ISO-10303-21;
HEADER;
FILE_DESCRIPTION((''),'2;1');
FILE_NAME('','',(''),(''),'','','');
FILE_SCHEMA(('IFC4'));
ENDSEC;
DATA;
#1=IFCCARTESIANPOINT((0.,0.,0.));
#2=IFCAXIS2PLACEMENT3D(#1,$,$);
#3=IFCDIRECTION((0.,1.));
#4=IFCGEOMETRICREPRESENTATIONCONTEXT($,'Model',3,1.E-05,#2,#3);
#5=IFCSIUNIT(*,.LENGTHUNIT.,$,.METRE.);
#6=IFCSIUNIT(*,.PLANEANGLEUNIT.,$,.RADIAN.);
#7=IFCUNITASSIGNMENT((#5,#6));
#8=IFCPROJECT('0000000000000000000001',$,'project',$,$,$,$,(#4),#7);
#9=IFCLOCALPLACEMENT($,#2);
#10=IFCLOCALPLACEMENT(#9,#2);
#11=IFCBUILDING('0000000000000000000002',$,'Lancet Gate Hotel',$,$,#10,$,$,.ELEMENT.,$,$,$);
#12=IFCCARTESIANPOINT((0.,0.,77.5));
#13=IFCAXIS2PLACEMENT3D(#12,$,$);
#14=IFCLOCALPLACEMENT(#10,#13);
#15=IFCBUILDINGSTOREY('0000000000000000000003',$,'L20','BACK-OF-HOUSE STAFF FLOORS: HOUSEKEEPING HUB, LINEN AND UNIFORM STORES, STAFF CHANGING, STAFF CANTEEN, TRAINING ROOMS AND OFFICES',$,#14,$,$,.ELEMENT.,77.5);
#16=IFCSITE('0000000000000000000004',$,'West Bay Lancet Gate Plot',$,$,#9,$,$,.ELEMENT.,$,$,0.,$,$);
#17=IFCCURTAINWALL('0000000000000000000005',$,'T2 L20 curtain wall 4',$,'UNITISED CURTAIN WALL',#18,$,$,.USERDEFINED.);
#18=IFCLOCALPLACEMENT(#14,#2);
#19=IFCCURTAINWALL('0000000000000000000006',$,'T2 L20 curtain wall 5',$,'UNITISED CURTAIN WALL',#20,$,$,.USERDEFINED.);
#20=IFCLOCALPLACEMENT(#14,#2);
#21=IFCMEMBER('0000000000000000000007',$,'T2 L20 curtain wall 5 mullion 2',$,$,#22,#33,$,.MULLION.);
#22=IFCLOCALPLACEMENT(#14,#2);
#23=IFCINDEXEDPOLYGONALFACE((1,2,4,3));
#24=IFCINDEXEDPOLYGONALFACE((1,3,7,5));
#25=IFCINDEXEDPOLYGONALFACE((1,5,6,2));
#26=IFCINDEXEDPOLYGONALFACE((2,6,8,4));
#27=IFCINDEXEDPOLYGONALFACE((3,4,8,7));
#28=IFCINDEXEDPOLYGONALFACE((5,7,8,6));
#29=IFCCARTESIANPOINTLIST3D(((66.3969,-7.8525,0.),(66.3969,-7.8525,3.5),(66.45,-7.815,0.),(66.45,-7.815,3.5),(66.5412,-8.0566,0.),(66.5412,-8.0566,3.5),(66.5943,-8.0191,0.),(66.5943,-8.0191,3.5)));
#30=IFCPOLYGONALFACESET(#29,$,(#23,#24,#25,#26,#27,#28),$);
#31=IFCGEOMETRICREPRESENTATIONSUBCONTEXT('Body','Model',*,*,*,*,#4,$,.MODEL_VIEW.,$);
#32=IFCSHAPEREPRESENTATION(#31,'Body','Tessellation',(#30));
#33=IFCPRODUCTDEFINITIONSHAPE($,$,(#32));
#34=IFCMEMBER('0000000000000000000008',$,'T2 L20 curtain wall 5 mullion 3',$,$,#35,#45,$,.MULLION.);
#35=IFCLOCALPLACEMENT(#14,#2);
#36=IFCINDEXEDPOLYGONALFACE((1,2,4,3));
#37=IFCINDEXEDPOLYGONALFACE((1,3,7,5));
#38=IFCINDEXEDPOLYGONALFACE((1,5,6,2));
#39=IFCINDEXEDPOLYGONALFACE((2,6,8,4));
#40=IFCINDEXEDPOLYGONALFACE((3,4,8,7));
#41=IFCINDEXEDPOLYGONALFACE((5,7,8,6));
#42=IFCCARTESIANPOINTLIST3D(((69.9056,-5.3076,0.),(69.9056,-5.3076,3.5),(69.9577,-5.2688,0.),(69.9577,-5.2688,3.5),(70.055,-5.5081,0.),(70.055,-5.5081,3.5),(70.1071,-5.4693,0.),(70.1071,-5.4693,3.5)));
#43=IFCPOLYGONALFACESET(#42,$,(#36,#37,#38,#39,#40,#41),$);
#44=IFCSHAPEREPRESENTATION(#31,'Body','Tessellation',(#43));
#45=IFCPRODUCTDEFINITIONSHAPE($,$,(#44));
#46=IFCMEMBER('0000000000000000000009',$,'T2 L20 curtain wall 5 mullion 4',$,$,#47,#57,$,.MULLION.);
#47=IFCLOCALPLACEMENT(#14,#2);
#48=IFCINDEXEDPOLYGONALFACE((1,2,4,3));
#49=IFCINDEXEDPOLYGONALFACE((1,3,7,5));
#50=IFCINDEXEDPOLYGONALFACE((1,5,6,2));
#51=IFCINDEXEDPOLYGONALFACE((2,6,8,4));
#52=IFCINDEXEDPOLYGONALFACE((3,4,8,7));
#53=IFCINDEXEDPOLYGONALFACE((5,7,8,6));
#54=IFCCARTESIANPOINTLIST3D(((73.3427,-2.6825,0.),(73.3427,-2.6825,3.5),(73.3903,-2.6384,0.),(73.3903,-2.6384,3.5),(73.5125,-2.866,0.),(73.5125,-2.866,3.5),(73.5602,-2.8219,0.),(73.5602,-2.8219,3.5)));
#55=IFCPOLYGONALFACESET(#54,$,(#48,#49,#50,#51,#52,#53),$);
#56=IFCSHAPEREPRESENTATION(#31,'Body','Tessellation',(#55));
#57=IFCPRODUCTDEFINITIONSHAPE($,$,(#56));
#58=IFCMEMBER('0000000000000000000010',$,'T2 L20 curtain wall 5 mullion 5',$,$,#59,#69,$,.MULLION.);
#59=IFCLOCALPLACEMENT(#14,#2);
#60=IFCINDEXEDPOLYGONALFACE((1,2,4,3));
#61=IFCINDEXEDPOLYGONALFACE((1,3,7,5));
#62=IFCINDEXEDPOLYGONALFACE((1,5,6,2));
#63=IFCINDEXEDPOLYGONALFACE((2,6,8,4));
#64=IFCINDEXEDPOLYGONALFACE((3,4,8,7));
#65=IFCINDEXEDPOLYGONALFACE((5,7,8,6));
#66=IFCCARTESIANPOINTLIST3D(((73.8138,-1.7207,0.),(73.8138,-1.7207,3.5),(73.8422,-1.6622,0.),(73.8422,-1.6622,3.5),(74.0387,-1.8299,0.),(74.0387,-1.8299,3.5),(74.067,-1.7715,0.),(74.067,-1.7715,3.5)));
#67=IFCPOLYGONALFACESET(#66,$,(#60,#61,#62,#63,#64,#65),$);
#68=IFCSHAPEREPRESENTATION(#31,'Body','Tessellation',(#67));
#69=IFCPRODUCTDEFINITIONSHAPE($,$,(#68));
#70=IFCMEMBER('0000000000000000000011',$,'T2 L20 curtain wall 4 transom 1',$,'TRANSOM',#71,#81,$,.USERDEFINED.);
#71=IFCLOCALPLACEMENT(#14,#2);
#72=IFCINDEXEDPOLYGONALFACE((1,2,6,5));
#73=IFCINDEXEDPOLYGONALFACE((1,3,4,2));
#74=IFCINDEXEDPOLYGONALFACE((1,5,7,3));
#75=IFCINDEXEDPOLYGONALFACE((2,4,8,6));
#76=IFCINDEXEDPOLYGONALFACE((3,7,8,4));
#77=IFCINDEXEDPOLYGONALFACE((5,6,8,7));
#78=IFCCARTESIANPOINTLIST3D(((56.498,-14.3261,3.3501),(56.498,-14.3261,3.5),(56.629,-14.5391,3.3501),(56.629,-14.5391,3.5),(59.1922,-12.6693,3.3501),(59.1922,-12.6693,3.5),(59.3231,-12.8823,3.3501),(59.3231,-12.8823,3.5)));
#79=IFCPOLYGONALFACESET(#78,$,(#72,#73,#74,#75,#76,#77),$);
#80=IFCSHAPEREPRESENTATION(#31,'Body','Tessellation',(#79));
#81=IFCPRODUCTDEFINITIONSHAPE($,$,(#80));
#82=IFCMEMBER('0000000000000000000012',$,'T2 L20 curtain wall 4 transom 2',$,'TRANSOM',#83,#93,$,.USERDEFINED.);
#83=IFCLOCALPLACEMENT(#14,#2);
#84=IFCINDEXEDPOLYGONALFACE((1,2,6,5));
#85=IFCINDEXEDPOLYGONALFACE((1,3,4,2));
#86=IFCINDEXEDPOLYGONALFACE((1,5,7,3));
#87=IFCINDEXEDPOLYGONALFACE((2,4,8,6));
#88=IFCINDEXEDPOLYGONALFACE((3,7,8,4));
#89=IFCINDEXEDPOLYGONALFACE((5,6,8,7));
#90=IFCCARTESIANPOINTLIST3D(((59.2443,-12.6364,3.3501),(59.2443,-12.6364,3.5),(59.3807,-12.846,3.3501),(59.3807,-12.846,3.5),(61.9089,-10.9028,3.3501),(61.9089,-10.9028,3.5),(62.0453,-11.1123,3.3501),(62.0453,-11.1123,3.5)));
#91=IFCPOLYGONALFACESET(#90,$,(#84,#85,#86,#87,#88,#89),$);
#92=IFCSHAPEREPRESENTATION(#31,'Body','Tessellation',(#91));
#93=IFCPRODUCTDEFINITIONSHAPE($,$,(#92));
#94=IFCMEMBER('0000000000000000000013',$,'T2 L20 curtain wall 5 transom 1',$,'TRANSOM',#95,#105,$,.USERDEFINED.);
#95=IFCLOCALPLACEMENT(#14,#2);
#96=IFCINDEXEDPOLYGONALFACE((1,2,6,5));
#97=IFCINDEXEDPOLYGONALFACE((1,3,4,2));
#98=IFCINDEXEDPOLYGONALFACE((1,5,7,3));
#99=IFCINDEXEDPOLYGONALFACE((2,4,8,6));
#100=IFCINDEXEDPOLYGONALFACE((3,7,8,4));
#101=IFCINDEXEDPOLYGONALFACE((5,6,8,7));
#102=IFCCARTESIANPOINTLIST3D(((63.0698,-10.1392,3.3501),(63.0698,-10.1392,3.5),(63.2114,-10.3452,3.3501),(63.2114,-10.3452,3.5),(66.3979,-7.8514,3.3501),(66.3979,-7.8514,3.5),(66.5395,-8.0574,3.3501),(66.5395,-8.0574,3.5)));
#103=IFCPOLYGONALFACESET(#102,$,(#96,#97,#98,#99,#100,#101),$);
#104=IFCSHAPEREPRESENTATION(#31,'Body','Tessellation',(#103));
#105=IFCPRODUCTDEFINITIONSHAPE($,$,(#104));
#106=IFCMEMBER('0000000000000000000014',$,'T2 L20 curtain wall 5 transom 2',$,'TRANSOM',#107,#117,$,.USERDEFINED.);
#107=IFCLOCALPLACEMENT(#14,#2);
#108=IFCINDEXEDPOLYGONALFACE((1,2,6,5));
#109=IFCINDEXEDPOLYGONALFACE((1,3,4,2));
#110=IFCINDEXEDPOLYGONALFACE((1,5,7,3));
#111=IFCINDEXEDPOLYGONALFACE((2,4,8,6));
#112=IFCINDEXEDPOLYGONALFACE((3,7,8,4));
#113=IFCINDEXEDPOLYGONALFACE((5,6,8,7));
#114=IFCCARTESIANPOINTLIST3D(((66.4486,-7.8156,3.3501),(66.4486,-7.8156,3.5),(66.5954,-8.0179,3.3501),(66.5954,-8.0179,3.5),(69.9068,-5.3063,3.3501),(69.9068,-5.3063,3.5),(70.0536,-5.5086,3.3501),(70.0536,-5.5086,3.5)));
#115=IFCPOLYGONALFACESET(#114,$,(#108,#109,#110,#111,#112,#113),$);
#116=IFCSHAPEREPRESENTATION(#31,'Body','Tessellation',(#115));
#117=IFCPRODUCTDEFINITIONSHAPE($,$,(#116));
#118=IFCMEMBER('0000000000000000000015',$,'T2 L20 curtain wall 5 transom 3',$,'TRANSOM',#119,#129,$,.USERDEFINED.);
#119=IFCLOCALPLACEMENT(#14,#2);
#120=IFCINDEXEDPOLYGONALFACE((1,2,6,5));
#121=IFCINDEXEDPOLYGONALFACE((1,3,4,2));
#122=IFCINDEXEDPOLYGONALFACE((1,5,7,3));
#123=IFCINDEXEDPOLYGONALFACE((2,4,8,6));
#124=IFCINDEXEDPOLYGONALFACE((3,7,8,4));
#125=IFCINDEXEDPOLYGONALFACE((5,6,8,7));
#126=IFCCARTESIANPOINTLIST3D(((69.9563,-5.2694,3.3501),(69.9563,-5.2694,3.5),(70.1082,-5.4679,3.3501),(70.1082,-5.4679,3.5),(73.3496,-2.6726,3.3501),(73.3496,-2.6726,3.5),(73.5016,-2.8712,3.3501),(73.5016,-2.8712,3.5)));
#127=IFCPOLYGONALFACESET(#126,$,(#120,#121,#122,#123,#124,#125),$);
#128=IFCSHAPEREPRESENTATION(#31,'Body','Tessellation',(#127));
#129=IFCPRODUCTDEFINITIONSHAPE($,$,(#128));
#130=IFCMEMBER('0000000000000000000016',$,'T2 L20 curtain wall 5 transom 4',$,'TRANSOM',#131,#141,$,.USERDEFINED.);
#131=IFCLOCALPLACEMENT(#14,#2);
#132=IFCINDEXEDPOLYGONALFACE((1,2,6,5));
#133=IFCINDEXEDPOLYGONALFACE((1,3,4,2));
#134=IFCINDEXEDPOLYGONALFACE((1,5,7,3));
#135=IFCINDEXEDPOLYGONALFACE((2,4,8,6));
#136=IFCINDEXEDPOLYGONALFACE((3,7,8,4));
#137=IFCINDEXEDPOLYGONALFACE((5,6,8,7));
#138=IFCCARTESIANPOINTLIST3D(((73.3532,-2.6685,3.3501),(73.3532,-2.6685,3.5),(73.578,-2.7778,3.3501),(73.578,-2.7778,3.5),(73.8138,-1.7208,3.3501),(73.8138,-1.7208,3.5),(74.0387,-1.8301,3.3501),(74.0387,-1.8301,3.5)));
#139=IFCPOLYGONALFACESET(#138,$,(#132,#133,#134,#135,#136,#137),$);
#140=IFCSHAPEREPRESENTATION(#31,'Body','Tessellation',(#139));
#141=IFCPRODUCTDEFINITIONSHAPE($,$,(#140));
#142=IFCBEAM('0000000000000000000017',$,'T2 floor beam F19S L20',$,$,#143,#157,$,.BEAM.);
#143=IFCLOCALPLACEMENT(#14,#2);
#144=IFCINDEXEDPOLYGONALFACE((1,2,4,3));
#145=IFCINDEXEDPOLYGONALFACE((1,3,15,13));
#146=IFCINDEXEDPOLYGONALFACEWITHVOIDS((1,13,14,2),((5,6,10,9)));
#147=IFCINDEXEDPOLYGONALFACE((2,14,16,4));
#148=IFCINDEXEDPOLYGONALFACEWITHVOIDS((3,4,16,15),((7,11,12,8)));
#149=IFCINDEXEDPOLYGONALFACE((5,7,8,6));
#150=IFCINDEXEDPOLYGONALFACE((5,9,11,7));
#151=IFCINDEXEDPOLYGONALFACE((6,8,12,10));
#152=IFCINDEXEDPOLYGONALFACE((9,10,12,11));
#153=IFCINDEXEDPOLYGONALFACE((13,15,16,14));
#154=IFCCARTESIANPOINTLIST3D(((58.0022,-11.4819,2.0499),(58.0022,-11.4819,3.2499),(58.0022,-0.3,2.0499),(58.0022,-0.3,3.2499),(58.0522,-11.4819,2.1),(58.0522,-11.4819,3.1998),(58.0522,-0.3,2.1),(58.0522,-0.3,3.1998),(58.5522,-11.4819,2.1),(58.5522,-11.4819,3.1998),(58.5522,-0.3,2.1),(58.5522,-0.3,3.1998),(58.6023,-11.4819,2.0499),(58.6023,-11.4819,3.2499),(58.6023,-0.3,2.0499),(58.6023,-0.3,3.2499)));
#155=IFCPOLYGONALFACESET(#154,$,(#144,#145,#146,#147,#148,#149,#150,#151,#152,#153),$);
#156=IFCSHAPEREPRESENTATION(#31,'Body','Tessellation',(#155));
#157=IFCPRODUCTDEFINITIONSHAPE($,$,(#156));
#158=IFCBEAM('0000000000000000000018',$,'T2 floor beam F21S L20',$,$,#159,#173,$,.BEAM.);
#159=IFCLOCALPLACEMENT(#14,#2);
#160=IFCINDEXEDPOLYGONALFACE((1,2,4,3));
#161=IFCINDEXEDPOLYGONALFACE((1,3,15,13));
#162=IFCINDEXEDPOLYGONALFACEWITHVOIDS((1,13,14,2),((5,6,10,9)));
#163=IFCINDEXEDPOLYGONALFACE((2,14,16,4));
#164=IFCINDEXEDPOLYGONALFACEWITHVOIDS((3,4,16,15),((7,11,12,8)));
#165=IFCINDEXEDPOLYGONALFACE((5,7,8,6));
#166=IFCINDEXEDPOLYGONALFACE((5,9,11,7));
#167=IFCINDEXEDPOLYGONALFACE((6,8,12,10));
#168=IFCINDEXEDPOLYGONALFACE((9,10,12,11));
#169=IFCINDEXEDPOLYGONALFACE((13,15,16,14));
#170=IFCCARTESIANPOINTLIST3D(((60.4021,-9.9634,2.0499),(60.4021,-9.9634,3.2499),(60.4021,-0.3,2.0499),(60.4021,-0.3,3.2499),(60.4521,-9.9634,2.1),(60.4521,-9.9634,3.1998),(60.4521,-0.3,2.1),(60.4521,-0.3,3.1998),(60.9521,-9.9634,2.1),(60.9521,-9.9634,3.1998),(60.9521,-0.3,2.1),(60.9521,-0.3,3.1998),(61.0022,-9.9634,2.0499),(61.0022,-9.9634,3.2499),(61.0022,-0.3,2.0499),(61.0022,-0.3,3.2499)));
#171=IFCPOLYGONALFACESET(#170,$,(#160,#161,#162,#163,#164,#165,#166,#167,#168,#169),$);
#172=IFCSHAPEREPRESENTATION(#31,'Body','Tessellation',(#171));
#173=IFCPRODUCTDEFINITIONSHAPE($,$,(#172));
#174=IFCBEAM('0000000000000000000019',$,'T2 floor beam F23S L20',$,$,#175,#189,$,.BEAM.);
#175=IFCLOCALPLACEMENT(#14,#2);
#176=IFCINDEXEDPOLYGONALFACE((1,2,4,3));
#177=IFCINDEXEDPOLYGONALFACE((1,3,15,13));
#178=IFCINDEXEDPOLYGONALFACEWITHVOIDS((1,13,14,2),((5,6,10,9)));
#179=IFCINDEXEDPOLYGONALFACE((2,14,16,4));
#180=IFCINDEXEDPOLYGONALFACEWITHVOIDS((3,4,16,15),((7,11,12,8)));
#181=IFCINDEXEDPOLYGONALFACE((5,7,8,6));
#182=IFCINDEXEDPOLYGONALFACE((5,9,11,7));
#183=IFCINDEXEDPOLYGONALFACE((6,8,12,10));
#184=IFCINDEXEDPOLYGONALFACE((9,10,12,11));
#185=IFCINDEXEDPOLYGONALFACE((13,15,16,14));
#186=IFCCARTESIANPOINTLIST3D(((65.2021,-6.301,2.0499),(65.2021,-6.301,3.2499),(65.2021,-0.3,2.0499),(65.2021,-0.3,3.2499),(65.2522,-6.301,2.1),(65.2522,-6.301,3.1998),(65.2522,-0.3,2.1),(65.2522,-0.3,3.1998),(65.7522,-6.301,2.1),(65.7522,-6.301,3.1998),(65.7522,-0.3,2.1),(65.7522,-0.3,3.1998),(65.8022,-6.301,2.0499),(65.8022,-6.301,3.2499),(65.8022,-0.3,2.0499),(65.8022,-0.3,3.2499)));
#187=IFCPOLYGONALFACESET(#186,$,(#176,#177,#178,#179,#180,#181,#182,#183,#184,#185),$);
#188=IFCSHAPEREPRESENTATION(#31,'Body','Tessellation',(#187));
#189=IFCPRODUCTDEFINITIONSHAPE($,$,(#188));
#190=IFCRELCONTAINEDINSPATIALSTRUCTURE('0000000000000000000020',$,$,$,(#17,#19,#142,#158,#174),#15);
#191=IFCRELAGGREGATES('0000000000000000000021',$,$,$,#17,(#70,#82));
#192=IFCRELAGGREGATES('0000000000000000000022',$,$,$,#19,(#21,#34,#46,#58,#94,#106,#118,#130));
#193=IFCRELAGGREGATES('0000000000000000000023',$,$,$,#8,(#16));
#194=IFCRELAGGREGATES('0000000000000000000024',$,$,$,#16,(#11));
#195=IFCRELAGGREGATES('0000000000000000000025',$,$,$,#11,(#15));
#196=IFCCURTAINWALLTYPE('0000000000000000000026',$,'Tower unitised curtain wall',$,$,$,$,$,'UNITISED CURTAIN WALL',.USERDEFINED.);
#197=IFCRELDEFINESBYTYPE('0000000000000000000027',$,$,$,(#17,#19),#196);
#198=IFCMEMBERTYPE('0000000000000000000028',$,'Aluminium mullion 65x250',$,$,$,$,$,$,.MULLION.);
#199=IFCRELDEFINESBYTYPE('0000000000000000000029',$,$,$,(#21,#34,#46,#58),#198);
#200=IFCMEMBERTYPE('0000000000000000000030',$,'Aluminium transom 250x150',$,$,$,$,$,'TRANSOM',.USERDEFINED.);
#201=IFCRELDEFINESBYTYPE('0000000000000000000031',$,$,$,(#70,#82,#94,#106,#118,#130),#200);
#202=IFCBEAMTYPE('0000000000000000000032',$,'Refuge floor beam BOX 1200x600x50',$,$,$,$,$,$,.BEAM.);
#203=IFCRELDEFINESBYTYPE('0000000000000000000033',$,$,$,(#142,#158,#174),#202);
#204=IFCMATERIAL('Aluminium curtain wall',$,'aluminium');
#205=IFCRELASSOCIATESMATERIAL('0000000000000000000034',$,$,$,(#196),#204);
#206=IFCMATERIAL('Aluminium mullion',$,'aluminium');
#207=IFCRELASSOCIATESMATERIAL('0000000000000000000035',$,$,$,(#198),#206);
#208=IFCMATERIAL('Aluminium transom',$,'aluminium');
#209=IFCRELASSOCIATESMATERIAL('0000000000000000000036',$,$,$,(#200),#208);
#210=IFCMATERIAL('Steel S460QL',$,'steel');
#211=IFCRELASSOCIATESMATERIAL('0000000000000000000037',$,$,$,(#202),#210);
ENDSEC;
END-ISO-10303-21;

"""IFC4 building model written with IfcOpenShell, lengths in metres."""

from ifc_helpers import new_model, si_unit, direction, frame, origin, origin_2d, place, context, subcontext, project, spatial, rectangle, hollow_rectangle, extrude, material, material_profile, profile_set, type_object, element, aggregate, save


model = new_model("IFC4")

# Units and contexts
model_context = context("Model", 3, precision=1e-05, world=origin(), true_north=direction((0.0, 1.0)))
body_context = subcontext(model_context, "Body", "Model", "MODEL_VIEW")
ifc_project = project(units=[si_unit("LENGTHUNIT", "METRE"), si_unit("PLANEANGLEUNIT", "RADIAN")], contexts=[model_context])

# Site, building, storey
site_placement = place(None, origin())
site = spatial("IfcSite", under=ifc_project, at=site_placement, Name="West Bay Lancet Gate Plot", CompositionType="ELEMENT", RefElevation=0.0)
building_placement = place(site_placement, origin())
building = spatial("IfcBuilding", under=site, at=building_placement, Name="Lancet Gate Hotel", CompositionType="ELEMENT")
storey_placement = place(building_placement, frame((0.0, 0.0, 77.5)))
storey = spatial("IfcBuildingStorey", under=building, at=storey_placement, Name="L20", Description="BACK-OF-HOUSE STAFF FLOORS: HOUSEKEEPING HUB, LINEN AND UNIFORM STORES, STAFF CHANGING, STAFF CANTEEN, TRAINING ROOMS AND OFFICES", CompositionType="ELEMENT", Elevation=77.5)

# Shared definitions
ifc_material_1 = material(Name="Aluminium curtain wall", Category="aluminium")
curtain_wall_type = type_object("IfcCurtainWallType", Name="Tower unitised curtain wall", ElementType="UNITISED CURTAIN WALL", PredefinedType="USERDEFINED", material=ifc_material_1)
ifc_material_2 = material(Name="Aluminium mullion", Category="aluminium")
ifc_material_profile_1 = material_profile(ifc_material_2, rectangle(XDim=0.0649, YDim=0.25, at=origin_2d()), Name="MULLION 65x250")
ifc_profile_set_1 = profile_set([ifc_material_profile_1], Name="Aluminium mullion")
member_type_1 = type_object("IfcMemberType", Name="Aluminium mullion 65x250", PredefinedType="MULLION", material=ifc_profile_set_1)

# Curtain walls, members
curtain_wall_1_placement = place(storey_placement, origin())
curtain_wall_1 = element("IfcCurtainWall", 1, at=curtain_wall_1_placement, inside=storey, type_object=curtain_wall_type, Name="T2 L20 curtain wall 4", ObjectType="UNITISED CURTAIN WALL", PredefinedType="USERDEFINED")
curtain_wall_2_placement = place(storey_placement, origin())
curtain_wall_2 = element("IfcCurtainWall", 2, at=curtain_wall_2_placement, inside=storey, type_object=curtain_wall_type, Name="T2 L20 curtain wall 5", ObjectType="UNITISED CURTAIN WALL", PredefinedType="USERDEFINED")
member_1_placement = place(storey_placement, frame((66.4956, -7.9358, 0.0), z_axis=(0.0, 0.0, 1.0), x_axis=(0.816575, 0.577239, 0.0)))
member_1 = element("IfcMember", 3, at=member_1_placement, type_object=member_type_1, Name="T2 L20 curtain wall 5 mullion 2", PredefinedType="MULLION", context=body_context, shape_type="SweptSolid", body=[
    extrude(rectangle(XDim=0.0649, YDim=0.25, at=origin_2d()), origin(), (0.0, 0.0, 1.0), 3.5),
])
member_2_placement = place(storey_placement, frame((70.0063, -5.3884, 0.0), z_axis=(0.0, 0.0, 1.0), x_axis=(0.80183, 0.597552, 0.0)))
member_2 = element("IfcMember", 4, at=member_2_placement, type_object=member_type_1, Name="T2 L20 curtain wall 5 mullion 3", PredefinedType="MULLION", context=body_context, shape_type="SweptSolid", body=[
    extrude(rectangle(XDim=0.0649, YDim=0.25, at=origin_2d()), origin(), (0.0, 0.0, 1.0), 3.5),
])
member_3_placement = place(storey_placement, frame((73.4514, -2.7522, 0.0), z_axis=(0.0, 0.0, 1.0), x_axis=(0.73379, 0.679377, 0.0)))
member_3 = element("IfcMember", 5, at=member_3_placement, type_object=member_type_1, Name="T2 L20 curtain wall 5 mullion 4", PredefinedType="MULLION", context=body_context, shape_type="SweptSolid", body=[
    extrude(rectangle(XDim=0.0649, YDim=0.25, at=origin_2d()), origin(), (0.0, 0.0, 1.0), 3.5),
])
member_4_placement = place(storey_placement, frame((73.9404, -1.7461, 0.0), z_axis=(0.0, 0.0, 1.0), x_axis=(0.437169, 0.899379, 0.0)))
member_4 = element("IfcMember", 6, at=member_4_placement, type_object=member_type_1, Name="T2 L20 curtain wall 5 mullion 5", PredefinedType="MULLION", context=body_context, shape_type="SweptSolid", body=[
    extrude(rectangle(XDim=0.0649, YDim=0.25, at=origin_2d()), origin(), (0.0, 0.0, 1.0), 3.5),
])

# Members
ifc_material_3 = material(Name="Aluminium transom", Category="aluminium")
ifc_material_profile_2 = material_profile(ifc_material_3, rectangle(XDim=0.25, YDim=0.1499, at=origin_2d()), Name="TRANSOM 250x150")
ifc_profile_set_2 = profile_set([ifc_material_profile_2], Name="Aluminium transom")
member_type_2 = type_object("IfcMemberType", Name="Aluminium transom 250x150", ElementType="TRANSOM", PredefinedType="USERDEFINED", material=ifc_profile_set_2)
member_5_placement = place(storey_placement, frame((56.5635, -14.4326, 3.425), z_axis=(0.851823, 0.52383, 0.0), x_axis=(-0.52383, 0.851823, 0.0)))
member_5 = element("IfcMember", 7, at=member_5_placement, type_object=member_type_2, Name="T2 L20 curtain wall 4 transom 1", ObjectType="TRANSOM", PredefinedType="USERDEFINED", context=body_context, shape_type="SweptSolid", body=[
    extrude(rectangle(XDim=0.25, YDim=0.1499, at=origin_2d()), origin(), (0.0, 0.0, 1.0), 3.1628),
])
member_6_placement = place(storey_placement, frame((59.3125, -12.7412, 3.425), z_axis=(0.838201, 0.545361, 0.0), x_axis=(-0.545361, 0.838201, 0.0)))
member_6 = element("IfcMember", 8, at=member_6_placement, type_object=member_type_2, Name="T2 L20 curtain wall 4 transom 2", ObjectType="TRANSOM", PredefinedType="USERDEFINED", context=body_context, shape_type="SweptSolid", body=[
    extrude(rectangle(XDim=0.25, YDim=0.1499, at=origin_2d()), origin(), (0.0, 0.0, 1.0), 3.179),
])
member_7_placement = place(storey_placement, frame((63.1406, -10.2422, 3.425), z_axis=(0.82407, 0.566488, 0.0), x_axis=(-0.566488, 0.82407, 0.0)))
member_7 = element("IfcMember", 9, at=member_7_placement, type_object=member_type_2, Name="T2 L20 curtain wall 5 transom 1", ObjectType="TRANSOM", PredefinedType="USERDEFINED", context=body_context, shape_type="SweptSolid", body=[
    extrude(rectangle(XDim=0.25, YDim=0.1499, at=origin_2d()), origin(), (0.0, 0.0, 1.0), 4.0386),
])
member_8_placement = place(storey_placement, frame((66.522, -7.9167, 3.425), z_axis=(0.809383, 0.587281, 0.0), x_axis=(-0.587281, 0.809383, 0.0)))
member_8 = element("IfcMember", 10, at=member_8_placement, type_object=member_type_2, Name="T2 L20 curtain wall 5 transom 2", ObjectType="TRANSOM", PredefinedType="USERDEFINED", context=body_context, shape_type="SweptSolid", body=[
    extrude(rectangle(XDim=0.25, YDim=0.1499, at=origin_2d()), origin(), (0.0, 0.0, 1.0), 4.2727),
])
member_9_placement = place(storey_placement, frame((70.0322, -5.3687, 3.425), z_axis=(0.794155, 0.607715, 0.0), x_axis=(-0.607715, 0.794155, 0.0)))
member_9 = element("IfcMember", 11, at=member_9_placement, type_object=member_type_2, Name="T2 L20 curtain wall 5 transom 3", ObjectType="TRANSOM", PredefinedType="USERDEFINED", context=body_context, shape_type="SweptSolid", body=[
    extrude(rectangle(XDim=0.25, YDim=0.1499, at=origin_2d()), origin(), (0.0, 0.0, 1.0), 4.2729),
])
member_10_placement = place(storey_placement, frame((73.4656, -2.7231, 3.425), z_axis=(0.437177, 0.899375, 0.0), x_axis=(-0.899375, 0.437177, 0.0)))
member_10 = element("IfcMember", 12, at=member_10_placement, type_object=member_type_2, Name="T2 L20 curtain wall 5 transom 4", ObjectType="TRANSOM", PredefinedType="USERDEFINED", context=body_context, shape_type="SweptSolid", body=[
    extrude(rectangle(XDim=0.25, YDim=0.1499, at=origin_2d()), origin(), (0.0, 0.0, 1.0), 1.0537),
])

# Beams
ifc_material_4 = material(Name="Steel S460QL", Category="steel")
ifc_material_profile_3 = material_profile(ifc_material_4, hollow_rectangle(XDim=0.6001, YDim=1.2, WallThickness=0.05, at=origin_2d()), Name="BOX 1200x600x50")
ifc_profile_set_3 = profile_set([ifc_material_profile_3], Name="Steel S460QL")
beam_type = type_object("IfcBeamType", Name="Refuge floor beam BOX 1200x600x50", PredefinedType="BEAM", material=ifc_profile_set_3)
beam_1_placement = place(storey_placement, frame((58.3022, -11.4819, 2.6499), z_axis=(0.0, 1.0, 0.0), x_axis=(-1.0, 0.0, 0.0)))
element("IfcBeam", 13, at=beam_1_placement, inside=storey, type_object=beam_type, Name="T2 floor beam F19S L20", PredefinedType="BEAM", context=body_context, shape_type="SweptSolid", body=[
    extrude(hollow_rectangle(XDim=0.6001, YDim=1.2, WallThickness=0.05, at=origin_2d()), origin(), (0.0, 0.0, 1.0), 11.1819),
])
beam_2_placement = place(storey_placement, frame((60.7021, -9.9634, 2.6499), z_axis=(0.0, 1.0, 0.0), x_axis=(-1.0, 0.0, 0.0)))
element("IfcBeam", 14, at=beam_2_placement, inside=storey, type_object=beam_type, Name="T2 floor beam F21S L20", PredefinedType="BEAM", context=body_context, shape_type="SweptSolid", body=[
    extrude(hollow_rectangle(XDim=0.6001, YDim=1.2, WallThickness=0.05, at=origin_2d()), origin(), (0.0, 0.0, 1.0), 9.6633),
])
beam_3_placement = place(storey_placement, frame((65.5022, -6.301, 2.6499), z_axis=(0.0, 1.0, 0.0), x_axis=(-1.0, 0.0, 0.0)))
element("IfcBeam", 15, at=beam_3_placement, inside=storey, type_object=beam_type, Name="T2 floor beam F23S L20", PredefinedType="BEAM", context=body_context, shape_type="SweptSolid", body=[
    extrude(hollow_rectangle(XDim=0.6001, YDim=1.2, WallThickness=0.05, at=origin_2d()), origin(), (0.0, 0.0, 1.0), 6.001),
])

aggregate(curtain_wall_1, [member_5, member_6])
aggregate(curtain_wall_2, [member_1, member_2, member_3, member_4, member_7, member_8, member_9, member_10])

save(model, "model.ifc")
